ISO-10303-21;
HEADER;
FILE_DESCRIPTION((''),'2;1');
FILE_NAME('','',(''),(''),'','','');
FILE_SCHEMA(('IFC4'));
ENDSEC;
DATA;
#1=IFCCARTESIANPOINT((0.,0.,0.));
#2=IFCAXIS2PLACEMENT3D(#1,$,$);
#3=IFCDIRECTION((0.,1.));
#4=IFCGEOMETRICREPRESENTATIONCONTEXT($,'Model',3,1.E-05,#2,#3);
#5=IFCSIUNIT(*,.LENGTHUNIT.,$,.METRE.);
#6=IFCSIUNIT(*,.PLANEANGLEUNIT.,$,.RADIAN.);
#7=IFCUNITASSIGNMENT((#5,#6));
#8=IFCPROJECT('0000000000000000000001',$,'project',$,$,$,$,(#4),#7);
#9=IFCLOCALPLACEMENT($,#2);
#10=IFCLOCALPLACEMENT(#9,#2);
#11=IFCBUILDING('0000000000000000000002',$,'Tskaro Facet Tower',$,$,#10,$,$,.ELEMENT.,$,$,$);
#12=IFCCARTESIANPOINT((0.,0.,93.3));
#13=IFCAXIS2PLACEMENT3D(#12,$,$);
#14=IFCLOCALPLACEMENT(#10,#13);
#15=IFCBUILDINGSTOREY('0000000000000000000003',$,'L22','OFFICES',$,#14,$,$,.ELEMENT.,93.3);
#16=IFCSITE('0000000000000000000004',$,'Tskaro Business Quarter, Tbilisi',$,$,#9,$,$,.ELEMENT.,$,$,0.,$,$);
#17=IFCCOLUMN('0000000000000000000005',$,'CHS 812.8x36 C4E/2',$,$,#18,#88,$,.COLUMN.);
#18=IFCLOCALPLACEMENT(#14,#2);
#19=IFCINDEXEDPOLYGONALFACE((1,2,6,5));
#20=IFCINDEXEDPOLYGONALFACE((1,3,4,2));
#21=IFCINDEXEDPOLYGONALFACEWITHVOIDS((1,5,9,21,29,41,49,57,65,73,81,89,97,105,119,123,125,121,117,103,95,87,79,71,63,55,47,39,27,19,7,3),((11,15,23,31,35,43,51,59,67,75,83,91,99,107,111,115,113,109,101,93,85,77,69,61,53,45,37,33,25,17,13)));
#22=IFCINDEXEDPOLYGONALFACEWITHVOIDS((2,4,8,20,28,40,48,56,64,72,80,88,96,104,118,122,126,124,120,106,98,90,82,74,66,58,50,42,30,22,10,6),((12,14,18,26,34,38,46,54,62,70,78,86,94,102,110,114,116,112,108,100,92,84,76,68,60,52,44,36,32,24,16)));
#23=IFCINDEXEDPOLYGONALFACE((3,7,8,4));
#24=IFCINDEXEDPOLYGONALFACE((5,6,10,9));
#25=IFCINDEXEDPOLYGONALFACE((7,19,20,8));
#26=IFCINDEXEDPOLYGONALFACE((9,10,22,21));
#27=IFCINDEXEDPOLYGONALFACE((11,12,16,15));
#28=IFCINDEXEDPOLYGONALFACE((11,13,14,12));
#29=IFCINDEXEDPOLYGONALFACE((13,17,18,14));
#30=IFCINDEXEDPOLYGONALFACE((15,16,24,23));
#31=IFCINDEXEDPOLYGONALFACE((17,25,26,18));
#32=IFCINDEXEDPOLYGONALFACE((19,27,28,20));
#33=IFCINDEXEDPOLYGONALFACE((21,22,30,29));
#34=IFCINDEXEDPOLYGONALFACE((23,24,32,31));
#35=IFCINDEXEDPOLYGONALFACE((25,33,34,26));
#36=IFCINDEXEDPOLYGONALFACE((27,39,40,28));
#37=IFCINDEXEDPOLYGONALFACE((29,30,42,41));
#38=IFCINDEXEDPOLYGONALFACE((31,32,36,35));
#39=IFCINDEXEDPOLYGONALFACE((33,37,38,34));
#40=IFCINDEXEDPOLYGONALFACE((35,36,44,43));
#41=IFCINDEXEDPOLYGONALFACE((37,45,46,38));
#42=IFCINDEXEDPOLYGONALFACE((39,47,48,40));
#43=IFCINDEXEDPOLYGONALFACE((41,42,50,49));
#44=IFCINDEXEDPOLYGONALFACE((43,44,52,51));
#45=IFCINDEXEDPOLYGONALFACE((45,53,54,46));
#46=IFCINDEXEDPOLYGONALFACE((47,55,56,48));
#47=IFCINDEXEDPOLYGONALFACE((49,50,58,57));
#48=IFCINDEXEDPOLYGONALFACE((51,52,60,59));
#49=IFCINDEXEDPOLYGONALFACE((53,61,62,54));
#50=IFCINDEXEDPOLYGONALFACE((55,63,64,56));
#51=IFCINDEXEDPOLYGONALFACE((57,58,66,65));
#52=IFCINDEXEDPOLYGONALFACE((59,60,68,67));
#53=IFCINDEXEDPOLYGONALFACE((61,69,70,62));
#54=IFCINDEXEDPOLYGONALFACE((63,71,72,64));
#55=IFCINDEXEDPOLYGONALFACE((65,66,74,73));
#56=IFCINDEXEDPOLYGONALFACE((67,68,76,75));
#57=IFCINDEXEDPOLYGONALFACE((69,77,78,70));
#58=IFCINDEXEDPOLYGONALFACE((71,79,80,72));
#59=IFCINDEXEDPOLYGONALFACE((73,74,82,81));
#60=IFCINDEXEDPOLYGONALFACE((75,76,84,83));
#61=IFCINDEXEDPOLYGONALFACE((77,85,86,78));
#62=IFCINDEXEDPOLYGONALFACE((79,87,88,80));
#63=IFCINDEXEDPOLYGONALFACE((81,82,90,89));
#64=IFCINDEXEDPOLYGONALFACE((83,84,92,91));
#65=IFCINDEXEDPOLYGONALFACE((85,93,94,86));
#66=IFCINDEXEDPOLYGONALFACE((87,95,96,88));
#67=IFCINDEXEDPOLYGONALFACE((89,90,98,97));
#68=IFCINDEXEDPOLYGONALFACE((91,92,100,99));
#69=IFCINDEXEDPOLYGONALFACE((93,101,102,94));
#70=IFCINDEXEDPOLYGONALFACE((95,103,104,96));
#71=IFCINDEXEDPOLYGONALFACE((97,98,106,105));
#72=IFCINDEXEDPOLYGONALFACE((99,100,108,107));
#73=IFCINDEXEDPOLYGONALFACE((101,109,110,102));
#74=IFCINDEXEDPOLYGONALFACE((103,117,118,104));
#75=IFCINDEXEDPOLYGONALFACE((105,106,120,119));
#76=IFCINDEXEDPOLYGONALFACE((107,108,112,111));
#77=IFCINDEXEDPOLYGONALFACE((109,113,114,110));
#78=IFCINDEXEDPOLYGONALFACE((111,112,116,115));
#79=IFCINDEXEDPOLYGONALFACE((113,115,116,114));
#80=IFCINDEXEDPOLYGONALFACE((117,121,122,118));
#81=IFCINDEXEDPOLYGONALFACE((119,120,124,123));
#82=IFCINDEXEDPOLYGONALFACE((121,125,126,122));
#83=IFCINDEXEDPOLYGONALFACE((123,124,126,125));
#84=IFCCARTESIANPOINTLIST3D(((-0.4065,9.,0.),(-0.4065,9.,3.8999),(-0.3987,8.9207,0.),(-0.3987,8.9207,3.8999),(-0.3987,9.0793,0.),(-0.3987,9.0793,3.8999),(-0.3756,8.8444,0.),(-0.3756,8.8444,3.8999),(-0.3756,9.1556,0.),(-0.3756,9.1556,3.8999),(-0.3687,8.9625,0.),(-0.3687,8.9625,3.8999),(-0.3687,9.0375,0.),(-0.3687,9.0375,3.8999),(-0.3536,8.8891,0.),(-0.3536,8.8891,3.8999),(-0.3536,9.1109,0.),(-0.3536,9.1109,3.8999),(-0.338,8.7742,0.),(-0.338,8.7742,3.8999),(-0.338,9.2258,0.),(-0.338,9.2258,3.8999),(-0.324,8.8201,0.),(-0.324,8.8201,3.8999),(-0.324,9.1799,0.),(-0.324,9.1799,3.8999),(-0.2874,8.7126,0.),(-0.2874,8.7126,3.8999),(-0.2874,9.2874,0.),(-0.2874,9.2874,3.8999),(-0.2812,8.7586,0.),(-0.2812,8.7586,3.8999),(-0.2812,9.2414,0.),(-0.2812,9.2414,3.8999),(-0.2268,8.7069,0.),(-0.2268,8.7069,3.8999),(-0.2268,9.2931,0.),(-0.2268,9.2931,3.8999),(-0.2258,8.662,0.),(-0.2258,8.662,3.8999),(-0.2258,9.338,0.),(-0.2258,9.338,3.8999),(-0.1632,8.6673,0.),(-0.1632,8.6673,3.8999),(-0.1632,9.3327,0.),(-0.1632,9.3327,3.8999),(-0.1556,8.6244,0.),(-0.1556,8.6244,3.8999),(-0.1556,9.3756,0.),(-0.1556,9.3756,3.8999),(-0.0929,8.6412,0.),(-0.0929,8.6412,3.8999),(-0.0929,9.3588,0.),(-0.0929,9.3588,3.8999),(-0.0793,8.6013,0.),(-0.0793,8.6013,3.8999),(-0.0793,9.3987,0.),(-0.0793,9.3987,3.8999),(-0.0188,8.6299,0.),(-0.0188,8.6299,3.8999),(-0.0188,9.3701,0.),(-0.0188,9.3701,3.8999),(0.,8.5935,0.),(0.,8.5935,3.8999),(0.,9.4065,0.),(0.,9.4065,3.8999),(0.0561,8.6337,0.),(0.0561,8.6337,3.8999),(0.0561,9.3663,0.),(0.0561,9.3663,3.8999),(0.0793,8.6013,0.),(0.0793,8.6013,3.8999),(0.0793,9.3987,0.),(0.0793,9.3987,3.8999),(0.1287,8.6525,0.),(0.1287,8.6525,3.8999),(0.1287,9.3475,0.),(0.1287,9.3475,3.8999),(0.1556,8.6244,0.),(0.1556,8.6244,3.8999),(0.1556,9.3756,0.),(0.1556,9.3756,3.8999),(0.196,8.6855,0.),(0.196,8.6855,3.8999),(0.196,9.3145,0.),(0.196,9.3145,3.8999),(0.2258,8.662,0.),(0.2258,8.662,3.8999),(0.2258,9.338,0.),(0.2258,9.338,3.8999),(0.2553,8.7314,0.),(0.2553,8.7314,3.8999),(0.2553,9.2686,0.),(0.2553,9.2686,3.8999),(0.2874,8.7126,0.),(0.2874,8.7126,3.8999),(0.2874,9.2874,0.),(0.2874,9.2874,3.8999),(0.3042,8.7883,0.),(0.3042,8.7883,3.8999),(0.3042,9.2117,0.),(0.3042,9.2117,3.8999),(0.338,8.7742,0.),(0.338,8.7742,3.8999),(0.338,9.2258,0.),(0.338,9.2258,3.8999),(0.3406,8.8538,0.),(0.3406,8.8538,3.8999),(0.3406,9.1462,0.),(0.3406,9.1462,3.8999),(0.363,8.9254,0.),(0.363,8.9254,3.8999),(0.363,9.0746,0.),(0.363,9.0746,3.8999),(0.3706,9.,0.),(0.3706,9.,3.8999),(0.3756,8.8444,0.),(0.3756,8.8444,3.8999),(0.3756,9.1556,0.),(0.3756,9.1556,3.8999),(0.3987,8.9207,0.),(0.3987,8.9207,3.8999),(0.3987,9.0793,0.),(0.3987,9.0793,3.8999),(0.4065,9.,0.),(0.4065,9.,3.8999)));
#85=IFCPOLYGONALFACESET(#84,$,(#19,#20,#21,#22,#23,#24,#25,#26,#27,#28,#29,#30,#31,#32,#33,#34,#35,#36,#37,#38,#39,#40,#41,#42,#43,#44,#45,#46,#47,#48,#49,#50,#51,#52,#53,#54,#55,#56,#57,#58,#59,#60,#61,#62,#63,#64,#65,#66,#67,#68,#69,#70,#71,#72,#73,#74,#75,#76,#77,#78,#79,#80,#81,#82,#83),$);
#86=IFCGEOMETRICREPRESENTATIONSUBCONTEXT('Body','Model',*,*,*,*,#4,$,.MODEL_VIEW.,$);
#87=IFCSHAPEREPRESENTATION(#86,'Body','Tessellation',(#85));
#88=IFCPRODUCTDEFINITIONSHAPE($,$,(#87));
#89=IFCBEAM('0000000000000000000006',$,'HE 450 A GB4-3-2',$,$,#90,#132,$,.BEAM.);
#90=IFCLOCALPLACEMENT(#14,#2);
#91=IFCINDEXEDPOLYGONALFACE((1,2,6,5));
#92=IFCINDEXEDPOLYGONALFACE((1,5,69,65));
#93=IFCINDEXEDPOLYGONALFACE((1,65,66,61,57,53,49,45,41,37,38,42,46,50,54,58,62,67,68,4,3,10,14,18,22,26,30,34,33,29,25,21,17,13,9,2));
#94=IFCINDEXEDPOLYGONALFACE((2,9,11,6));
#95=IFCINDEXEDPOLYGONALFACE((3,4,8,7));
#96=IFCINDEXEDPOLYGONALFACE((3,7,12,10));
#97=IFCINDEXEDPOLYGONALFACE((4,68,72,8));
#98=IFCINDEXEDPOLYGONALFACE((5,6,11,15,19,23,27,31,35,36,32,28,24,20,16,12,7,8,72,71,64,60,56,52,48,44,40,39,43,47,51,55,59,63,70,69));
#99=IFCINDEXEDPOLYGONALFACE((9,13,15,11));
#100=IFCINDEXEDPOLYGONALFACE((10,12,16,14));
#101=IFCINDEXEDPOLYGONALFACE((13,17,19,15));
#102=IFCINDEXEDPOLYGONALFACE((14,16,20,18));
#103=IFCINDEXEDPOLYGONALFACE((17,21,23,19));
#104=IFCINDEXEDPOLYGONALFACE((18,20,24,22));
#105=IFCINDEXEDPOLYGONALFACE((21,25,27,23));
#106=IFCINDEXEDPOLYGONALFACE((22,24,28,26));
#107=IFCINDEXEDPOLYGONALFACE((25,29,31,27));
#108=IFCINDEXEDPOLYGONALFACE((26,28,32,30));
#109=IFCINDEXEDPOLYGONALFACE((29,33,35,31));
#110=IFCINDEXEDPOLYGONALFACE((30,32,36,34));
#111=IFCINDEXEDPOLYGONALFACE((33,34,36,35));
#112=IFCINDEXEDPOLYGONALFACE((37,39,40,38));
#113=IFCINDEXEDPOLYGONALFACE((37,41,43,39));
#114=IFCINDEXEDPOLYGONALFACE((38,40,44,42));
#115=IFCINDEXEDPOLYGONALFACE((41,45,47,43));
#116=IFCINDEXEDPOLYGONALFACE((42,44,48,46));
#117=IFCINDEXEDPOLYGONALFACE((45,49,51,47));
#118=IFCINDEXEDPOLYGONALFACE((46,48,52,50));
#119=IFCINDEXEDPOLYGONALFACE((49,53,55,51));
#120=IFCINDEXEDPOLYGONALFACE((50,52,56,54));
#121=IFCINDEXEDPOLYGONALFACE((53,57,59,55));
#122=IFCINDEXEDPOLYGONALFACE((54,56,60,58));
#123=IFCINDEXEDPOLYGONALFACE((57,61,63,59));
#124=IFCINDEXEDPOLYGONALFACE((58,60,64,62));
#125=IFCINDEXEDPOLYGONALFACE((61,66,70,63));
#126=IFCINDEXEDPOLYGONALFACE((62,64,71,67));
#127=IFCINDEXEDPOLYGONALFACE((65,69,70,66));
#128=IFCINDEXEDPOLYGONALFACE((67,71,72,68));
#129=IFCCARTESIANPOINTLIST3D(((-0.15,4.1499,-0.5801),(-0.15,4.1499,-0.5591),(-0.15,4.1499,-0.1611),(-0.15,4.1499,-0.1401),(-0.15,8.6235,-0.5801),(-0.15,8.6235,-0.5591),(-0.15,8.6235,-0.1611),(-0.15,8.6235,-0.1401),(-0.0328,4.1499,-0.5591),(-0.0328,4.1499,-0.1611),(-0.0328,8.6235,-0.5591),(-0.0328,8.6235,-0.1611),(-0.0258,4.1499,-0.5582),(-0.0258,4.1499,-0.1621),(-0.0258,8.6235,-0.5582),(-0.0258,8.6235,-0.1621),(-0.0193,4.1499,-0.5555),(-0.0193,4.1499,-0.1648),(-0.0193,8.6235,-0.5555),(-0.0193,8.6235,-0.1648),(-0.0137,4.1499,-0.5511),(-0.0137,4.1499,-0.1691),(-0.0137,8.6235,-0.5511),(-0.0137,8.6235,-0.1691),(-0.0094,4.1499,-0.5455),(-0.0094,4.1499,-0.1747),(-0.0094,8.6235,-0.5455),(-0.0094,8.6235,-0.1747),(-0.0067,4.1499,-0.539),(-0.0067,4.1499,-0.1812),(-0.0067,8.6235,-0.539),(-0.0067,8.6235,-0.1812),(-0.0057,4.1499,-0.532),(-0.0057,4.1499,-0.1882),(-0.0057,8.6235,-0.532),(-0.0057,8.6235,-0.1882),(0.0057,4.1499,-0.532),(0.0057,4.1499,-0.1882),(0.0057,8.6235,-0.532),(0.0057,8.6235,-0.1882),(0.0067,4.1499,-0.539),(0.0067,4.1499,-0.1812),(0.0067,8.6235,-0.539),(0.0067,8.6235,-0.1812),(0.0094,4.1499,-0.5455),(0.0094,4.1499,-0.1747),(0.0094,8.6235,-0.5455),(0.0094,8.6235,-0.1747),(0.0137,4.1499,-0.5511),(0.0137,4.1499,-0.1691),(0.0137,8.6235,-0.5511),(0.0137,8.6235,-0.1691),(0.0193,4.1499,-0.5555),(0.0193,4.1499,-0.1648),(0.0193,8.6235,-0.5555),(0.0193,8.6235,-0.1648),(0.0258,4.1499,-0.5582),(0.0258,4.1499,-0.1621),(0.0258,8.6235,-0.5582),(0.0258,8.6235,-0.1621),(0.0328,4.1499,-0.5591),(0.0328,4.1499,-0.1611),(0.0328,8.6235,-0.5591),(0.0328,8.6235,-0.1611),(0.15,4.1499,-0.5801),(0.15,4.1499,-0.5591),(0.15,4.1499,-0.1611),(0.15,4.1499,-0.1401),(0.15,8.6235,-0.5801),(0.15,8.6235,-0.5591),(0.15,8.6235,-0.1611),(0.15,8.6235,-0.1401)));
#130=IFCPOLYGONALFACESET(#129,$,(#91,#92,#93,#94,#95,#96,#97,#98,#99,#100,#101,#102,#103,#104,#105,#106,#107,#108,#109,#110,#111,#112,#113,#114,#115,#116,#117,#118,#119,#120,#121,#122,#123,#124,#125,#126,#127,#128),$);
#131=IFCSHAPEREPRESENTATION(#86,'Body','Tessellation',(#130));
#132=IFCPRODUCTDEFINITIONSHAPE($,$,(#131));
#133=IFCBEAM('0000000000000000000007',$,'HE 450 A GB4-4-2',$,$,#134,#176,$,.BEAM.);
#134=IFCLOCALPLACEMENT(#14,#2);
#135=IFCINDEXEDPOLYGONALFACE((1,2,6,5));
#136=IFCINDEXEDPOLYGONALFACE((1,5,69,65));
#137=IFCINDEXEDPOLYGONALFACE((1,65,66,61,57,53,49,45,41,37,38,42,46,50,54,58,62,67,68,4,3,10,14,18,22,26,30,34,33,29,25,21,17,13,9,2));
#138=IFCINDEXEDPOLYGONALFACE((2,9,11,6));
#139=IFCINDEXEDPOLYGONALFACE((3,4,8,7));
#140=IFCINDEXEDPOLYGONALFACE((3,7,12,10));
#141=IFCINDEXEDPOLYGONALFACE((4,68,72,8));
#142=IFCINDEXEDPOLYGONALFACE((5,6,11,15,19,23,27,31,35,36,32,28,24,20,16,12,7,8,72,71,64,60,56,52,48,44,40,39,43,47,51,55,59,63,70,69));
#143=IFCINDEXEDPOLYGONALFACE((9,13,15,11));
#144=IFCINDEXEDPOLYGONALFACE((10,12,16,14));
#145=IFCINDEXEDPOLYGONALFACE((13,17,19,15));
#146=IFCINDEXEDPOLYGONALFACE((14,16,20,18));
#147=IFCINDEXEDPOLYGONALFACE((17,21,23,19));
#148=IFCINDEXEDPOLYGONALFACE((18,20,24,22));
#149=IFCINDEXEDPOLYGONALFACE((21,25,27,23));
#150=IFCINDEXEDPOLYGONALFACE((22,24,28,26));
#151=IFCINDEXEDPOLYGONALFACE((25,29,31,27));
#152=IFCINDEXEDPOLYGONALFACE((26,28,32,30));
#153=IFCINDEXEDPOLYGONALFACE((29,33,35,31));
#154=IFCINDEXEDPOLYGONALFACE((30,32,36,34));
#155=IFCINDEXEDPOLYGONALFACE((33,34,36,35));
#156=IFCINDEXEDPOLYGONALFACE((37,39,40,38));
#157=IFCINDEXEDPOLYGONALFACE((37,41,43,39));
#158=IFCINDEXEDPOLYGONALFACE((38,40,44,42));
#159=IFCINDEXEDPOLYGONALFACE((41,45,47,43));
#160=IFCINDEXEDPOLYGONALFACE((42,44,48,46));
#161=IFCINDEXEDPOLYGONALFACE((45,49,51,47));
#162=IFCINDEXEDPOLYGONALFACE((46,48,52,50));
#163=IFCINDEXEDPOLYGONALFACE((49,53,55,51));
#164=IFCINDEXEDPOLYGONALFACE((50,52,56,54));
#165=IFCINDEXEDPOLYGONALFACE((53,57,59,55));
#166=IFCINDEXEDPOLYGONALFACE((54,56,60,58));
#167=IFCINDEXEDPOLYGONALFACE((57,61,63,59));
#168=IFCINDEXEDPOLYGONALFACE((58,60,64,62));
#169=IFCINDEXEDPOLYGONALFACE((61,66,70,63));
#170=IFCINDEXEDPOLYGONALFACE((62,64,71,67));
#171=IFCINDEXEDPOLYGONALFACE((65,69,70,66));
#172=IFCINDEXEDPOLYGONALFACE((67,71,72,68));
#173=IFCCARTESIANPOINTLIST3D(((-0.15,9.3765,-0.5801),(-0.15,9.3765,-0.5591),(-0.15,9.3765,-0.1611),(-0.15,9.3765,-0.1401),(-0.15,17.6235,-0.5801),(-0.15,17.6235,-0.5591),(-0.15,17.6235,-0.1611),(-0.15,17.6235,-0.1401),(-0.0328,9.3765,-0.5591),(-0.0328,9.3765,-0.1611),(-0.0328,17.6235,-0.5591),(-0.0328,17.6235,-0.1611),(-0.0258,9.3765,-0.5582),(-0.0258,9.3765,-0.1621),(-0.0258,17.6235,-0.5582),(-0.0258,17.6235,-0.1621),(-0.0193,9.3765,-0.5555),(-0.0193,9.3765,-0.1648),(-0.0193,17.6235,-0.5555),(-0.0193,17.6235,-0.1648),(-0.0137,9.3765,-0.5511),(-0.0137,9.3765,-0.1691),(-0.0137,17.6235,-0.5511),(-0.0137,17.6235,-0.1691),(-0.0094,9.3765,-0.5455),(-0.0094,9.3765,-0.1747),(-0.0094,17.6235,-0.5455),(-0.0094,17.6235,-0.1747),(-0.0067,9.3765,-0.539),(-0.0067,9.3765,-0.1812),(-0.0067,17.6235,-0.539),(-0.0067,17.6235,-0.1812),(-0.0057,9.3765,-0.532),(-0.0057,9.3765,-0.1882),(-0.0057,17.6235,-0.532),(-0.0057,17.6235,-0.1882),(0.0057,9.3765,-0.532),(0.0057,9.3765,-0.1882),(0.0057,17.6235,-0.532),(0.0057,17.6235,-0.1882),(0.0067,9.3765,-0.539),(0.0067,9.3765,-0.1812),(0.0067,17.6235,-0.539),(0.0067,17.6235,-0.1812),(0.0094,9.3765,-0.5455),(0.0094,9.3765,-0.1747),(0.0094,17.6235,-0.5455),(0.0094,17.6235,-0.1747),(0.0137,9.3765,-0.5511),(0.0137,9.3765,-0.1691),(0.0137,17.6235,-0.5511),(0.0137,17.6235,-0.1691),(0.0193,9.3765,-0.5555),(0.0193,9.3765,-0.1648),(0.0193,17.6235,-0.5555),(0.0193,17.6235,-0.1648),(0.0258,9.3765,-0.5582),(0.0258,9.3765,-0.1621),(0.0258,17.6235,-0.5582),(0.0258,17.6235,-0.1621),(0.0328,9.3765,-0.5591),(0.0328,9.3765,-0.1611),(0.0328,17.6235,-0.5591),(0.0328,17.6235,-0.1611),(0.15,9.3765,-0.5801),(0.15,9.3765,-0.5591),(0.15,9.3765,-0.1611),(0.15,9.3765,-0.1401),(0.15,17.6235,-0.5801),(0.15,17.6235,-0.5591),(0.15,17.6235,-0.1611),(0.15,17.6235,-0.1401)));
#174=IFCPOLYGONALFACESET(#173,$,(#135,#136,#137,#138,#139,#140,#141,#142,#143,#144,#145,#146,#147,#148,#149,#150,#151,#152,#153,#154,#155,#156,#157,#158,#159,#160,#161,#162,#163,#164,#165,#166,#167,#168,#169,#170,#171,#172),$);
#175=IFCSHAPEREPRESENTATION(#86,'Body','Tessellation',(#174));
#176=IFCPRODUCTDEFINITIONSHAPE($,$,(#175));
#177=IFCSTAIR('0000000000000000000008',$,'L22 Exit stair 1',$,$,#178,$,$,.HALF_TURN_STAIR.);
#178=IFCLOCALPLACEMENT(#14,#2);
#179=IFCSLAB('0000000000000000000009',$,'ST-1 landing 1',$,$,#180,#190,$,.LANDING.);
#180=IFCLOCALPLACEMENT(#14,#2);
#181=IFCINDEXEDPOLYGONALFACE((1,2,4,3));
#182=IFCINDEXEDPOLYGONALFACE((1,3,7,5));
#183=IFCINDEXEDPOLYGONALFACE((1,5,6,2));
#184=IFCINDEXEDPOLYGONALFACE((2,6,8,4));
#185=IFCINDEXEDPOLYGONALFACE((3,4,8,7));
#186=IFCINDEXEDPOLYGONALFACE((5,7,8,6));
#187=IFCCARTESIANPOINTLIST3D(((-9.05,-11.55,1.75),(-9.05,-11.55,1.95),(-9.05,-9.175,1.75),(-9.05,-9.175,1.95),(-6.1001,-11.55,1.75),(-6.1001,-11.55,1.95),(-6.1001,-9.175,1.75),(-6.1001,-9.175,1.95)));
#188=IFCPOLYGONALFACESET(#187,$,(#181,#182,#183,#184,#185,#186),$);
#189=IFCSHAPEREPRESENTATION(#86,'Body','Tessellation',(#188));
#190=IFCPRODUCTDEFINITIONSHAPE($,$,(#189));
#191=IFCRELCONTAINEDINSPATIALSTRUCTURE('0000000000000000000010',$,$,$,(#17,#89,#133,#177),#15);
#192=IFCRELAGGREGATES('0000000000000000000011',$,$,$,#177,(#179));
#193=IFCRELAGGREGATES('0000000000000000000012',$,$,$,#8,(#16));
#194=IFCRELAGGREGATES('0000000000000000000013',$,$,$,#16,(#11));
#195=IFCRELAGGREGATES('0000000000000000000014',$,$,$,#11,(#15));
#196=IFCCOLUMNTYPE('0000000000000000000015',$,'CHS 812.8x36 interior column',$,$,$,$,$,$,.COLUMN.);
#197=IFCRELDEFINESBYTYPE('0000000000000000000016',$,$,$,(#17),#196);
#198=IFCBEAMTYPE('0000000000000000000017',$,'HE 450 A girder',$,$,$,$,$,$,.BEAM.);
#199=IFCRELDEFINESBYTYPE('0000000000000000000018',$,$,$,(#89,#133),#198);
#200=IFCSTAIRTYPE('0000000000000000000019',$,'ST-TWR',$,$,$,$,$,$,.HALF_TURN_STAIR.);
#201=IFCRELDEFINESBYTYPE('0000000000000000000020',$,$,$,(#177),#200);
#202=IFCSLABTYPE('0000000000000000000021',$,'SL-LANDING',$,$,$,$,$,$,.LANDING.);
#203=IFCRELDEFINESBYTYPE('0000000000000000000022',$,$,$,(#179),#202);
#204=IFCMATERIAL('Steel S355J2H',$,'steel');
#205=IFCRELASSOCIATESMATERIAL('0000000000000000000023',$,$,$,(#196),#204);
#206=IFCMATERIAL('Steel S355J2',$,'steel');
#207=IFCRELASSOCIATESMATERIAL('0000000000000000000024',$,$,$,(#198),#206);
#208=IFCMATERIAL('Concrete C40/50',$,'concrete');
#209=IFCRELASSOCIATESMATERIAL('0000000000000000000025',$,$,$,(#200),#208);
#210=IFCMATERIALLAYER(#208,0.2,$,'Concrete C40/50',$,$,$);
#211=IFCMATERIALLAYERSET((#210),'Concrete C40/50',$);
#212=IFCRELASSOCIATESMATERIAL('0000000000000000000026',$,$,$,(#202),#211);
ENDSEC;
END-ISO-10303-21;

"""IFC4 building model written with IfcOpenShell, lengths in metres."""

from ifc_helpers import new_model, si_unit, direction, frame, origin, origin_2d, place, context, subcontext, project, spatial, polyline, hollow_circle, i_section, outline, extrude, material, layer, layer_set, material_profile, profile_set, type_object, element, aggregate, save


model = new_model("IFC4")

# Units and contexts
model_context = context("Model", 3, precision=1e-05, world=origin(), true_north=direction((0.0, 1.0)))
body_context = subcontext(model_context, "Body", "Model", "MODEL_VIEW")
ifc_project = project(units=[si_unit("LENGTHUNIT", "METRE"), si_unit("PLANEANGLEUNIT", "RADIAN")], contexts=[model_context])

# Site, building, storey
site_placement = place(None, origin())
site = spatial("IfcSite", under=ifc_project, at=site_placement, Name="Tskaro Business Quarter, Tbilisi", CompositionType="ELEMENT", RefElevation=0.0)
building_placement = place(site_placement, origin())
building = spatial("IfcBuilding", under=site, at=building_placement, Name="Tskaro Facet Tower", CompositionType="ELEMENT")
storey_placement = place(building_placement, frame((0.0, 0.0, 93.3)))
storey = spatial("IfcBuildingStorey", under=building, at=storey_placement, Name="L22", Description="OFFICES", CompositionType="ELEMENT", Elevation=93.3)

# Column
ifc_material_1 = material(Name="Steel S355J2H", Category="steel")
ifc_material_profile_1 = material_profile(ifc_material_1, hollow_circle(Radius=0.4065, WallThickness=0.0359, at=origin_2d()), Name="CHS 812.8x36")
ifc_profile_set_1 = profile_set([ifc_material_profile_1], Name="Steel S355J2H")
column_type = type_object("IfcColumnType", Name="CHS 812.8x36 interior column", PredefinedType="COLUMN", material=ifc_profile_set_1)
column_placement = place(storey_placement, frame((0.0, 9.0, 0.0), z_axis=(0.0, 0.0, 1.0), x_axis=(1.0, 0.0, 0.0)))
element("IfcColumn", 1, at=column_placement, inside=storey, type_object=column_type, Name="CHS 812.8x36 C4E/2", PredefinedType="COLUMN", context=body_context, shape_type="SweptSolid", body=[
    extrude(hollow_circle(Radius=0.4065, WallThickness=0.0359, at=origin_2d()), origin(), (0.0, 0.0, 1.0), 3.8999),
])

# Beams
ifc_material_2 = material(Name="Steel S355J2", Category="steel")
ifc_material_profile_2 = material_profile(ifc_material_2, i_section(OverallWidth=0.3, OverallDepth=0.4399, WebThickness=0.0115, FlangeThickness=0.021, FilletRadius=0.0271, at=origin_2d()), Name="HE 450 A")
ifc_profile_set_2 = profile_set([ifc_material_profile_2], Name="Steel S355J2")
beam_type = type_object("IfcBeamType", Name="HE 450 A girder", PredefinedType="BEAM", material=ifc_profile_set_2)
beam_1_placement = place(storey_placement, frame((0.0, 4.1499, -0.3601), z_axis=(0.0, 1.0, 0.0), x_axis=(-1.0, 0.0, 0.0)))
element("IfcBeam", 2, at=beam_1_placement, inside=storey, type_object=beam_type, Name="HE 450 A GB4-3-2", PredefinedType="BEAM", context=body_context, shape_type="SweptSolid", body=[
    extrude(i_section(OverallWidth=0.3, OverallDepth=0.4399, WebThickness=0.0115, FlangeThickness=0.021, FilletRadius=0.0271, at=origin_2d()), origin(), (0.0, 0.0, 1.0), 4.4736),
])
beam_2_placement = place(storey_placement, frame((0.0, 9.3765, -0.3601), z_axis=(0.0, 1.0, 0.0), x_axis=(-1.0, 0.0, 0.0)))
element("IfcBeam", 3, at=beam_2_placement, inside=storey, type_object=beam_type, Name="HE 450 A GB4-4-2", PredefinedType="BEAM", context=body_context, shape_type="SweptSolid", body=[
    extrude(i_section(OverallWidth=0.3, OverallDepth=0.4399, WebThickness=0.0115, FlangeThickness=0.021, FilletRadius=0.0271, at=origin_2d()), origin(), (0.0, 0.0, 1.0), 8.2471),
])

# Stair, slab
ifc_material_3 = material(Name="Concrete C40/50", Category="concrete")
stair_type = type_object("IfcStairType", Name="ST-TWR", PredefinedType="HALF_TURN_STAIR", material=ifc_material_3)
stair_1_placement = place(storey_placement, origin())
stair_1 = element("IfcStair", 4, at=stair_1_placement, inside=storey, type_object=stair_type, Name="L22 Exit stair 1", PredefinedType="HALF_TURN_STAIR")
ifc_layer_1 = layer(ifc_material_3, 0.2, Name="Concrete C40/50")
ifc_layer_set_1 = layer_set([ifc_layer_1], Name="Concrete C40/50")
slab_type = type_object("IfcSlabType", Name="SL-LANDING", PredefinedType="LANDING", material=ifc_layer_set_1)
slab_1_placement = place(storey_placement, frame((0.0, 0.0, 1.75)))
slab_1 = element("IfcSlab", 5, at=slab_1_placement, type_object=slab_type, Name="ST-1 landing 1", PredefinedType="LANDING", context=body_context, shape_type="SweptSolid", body=[
    extrude(outline(polyline([(-9.05, -11.55), (-6.1001, -11.55), (-6.1001, -9.175), (-9.05, -9.175), (-9.05, -11.55)])), origin(), (0.0, 0.0, 1.0), 0.2),
])
aggregate(stair_1, [slab_1])

save(model, "model.ifc")
